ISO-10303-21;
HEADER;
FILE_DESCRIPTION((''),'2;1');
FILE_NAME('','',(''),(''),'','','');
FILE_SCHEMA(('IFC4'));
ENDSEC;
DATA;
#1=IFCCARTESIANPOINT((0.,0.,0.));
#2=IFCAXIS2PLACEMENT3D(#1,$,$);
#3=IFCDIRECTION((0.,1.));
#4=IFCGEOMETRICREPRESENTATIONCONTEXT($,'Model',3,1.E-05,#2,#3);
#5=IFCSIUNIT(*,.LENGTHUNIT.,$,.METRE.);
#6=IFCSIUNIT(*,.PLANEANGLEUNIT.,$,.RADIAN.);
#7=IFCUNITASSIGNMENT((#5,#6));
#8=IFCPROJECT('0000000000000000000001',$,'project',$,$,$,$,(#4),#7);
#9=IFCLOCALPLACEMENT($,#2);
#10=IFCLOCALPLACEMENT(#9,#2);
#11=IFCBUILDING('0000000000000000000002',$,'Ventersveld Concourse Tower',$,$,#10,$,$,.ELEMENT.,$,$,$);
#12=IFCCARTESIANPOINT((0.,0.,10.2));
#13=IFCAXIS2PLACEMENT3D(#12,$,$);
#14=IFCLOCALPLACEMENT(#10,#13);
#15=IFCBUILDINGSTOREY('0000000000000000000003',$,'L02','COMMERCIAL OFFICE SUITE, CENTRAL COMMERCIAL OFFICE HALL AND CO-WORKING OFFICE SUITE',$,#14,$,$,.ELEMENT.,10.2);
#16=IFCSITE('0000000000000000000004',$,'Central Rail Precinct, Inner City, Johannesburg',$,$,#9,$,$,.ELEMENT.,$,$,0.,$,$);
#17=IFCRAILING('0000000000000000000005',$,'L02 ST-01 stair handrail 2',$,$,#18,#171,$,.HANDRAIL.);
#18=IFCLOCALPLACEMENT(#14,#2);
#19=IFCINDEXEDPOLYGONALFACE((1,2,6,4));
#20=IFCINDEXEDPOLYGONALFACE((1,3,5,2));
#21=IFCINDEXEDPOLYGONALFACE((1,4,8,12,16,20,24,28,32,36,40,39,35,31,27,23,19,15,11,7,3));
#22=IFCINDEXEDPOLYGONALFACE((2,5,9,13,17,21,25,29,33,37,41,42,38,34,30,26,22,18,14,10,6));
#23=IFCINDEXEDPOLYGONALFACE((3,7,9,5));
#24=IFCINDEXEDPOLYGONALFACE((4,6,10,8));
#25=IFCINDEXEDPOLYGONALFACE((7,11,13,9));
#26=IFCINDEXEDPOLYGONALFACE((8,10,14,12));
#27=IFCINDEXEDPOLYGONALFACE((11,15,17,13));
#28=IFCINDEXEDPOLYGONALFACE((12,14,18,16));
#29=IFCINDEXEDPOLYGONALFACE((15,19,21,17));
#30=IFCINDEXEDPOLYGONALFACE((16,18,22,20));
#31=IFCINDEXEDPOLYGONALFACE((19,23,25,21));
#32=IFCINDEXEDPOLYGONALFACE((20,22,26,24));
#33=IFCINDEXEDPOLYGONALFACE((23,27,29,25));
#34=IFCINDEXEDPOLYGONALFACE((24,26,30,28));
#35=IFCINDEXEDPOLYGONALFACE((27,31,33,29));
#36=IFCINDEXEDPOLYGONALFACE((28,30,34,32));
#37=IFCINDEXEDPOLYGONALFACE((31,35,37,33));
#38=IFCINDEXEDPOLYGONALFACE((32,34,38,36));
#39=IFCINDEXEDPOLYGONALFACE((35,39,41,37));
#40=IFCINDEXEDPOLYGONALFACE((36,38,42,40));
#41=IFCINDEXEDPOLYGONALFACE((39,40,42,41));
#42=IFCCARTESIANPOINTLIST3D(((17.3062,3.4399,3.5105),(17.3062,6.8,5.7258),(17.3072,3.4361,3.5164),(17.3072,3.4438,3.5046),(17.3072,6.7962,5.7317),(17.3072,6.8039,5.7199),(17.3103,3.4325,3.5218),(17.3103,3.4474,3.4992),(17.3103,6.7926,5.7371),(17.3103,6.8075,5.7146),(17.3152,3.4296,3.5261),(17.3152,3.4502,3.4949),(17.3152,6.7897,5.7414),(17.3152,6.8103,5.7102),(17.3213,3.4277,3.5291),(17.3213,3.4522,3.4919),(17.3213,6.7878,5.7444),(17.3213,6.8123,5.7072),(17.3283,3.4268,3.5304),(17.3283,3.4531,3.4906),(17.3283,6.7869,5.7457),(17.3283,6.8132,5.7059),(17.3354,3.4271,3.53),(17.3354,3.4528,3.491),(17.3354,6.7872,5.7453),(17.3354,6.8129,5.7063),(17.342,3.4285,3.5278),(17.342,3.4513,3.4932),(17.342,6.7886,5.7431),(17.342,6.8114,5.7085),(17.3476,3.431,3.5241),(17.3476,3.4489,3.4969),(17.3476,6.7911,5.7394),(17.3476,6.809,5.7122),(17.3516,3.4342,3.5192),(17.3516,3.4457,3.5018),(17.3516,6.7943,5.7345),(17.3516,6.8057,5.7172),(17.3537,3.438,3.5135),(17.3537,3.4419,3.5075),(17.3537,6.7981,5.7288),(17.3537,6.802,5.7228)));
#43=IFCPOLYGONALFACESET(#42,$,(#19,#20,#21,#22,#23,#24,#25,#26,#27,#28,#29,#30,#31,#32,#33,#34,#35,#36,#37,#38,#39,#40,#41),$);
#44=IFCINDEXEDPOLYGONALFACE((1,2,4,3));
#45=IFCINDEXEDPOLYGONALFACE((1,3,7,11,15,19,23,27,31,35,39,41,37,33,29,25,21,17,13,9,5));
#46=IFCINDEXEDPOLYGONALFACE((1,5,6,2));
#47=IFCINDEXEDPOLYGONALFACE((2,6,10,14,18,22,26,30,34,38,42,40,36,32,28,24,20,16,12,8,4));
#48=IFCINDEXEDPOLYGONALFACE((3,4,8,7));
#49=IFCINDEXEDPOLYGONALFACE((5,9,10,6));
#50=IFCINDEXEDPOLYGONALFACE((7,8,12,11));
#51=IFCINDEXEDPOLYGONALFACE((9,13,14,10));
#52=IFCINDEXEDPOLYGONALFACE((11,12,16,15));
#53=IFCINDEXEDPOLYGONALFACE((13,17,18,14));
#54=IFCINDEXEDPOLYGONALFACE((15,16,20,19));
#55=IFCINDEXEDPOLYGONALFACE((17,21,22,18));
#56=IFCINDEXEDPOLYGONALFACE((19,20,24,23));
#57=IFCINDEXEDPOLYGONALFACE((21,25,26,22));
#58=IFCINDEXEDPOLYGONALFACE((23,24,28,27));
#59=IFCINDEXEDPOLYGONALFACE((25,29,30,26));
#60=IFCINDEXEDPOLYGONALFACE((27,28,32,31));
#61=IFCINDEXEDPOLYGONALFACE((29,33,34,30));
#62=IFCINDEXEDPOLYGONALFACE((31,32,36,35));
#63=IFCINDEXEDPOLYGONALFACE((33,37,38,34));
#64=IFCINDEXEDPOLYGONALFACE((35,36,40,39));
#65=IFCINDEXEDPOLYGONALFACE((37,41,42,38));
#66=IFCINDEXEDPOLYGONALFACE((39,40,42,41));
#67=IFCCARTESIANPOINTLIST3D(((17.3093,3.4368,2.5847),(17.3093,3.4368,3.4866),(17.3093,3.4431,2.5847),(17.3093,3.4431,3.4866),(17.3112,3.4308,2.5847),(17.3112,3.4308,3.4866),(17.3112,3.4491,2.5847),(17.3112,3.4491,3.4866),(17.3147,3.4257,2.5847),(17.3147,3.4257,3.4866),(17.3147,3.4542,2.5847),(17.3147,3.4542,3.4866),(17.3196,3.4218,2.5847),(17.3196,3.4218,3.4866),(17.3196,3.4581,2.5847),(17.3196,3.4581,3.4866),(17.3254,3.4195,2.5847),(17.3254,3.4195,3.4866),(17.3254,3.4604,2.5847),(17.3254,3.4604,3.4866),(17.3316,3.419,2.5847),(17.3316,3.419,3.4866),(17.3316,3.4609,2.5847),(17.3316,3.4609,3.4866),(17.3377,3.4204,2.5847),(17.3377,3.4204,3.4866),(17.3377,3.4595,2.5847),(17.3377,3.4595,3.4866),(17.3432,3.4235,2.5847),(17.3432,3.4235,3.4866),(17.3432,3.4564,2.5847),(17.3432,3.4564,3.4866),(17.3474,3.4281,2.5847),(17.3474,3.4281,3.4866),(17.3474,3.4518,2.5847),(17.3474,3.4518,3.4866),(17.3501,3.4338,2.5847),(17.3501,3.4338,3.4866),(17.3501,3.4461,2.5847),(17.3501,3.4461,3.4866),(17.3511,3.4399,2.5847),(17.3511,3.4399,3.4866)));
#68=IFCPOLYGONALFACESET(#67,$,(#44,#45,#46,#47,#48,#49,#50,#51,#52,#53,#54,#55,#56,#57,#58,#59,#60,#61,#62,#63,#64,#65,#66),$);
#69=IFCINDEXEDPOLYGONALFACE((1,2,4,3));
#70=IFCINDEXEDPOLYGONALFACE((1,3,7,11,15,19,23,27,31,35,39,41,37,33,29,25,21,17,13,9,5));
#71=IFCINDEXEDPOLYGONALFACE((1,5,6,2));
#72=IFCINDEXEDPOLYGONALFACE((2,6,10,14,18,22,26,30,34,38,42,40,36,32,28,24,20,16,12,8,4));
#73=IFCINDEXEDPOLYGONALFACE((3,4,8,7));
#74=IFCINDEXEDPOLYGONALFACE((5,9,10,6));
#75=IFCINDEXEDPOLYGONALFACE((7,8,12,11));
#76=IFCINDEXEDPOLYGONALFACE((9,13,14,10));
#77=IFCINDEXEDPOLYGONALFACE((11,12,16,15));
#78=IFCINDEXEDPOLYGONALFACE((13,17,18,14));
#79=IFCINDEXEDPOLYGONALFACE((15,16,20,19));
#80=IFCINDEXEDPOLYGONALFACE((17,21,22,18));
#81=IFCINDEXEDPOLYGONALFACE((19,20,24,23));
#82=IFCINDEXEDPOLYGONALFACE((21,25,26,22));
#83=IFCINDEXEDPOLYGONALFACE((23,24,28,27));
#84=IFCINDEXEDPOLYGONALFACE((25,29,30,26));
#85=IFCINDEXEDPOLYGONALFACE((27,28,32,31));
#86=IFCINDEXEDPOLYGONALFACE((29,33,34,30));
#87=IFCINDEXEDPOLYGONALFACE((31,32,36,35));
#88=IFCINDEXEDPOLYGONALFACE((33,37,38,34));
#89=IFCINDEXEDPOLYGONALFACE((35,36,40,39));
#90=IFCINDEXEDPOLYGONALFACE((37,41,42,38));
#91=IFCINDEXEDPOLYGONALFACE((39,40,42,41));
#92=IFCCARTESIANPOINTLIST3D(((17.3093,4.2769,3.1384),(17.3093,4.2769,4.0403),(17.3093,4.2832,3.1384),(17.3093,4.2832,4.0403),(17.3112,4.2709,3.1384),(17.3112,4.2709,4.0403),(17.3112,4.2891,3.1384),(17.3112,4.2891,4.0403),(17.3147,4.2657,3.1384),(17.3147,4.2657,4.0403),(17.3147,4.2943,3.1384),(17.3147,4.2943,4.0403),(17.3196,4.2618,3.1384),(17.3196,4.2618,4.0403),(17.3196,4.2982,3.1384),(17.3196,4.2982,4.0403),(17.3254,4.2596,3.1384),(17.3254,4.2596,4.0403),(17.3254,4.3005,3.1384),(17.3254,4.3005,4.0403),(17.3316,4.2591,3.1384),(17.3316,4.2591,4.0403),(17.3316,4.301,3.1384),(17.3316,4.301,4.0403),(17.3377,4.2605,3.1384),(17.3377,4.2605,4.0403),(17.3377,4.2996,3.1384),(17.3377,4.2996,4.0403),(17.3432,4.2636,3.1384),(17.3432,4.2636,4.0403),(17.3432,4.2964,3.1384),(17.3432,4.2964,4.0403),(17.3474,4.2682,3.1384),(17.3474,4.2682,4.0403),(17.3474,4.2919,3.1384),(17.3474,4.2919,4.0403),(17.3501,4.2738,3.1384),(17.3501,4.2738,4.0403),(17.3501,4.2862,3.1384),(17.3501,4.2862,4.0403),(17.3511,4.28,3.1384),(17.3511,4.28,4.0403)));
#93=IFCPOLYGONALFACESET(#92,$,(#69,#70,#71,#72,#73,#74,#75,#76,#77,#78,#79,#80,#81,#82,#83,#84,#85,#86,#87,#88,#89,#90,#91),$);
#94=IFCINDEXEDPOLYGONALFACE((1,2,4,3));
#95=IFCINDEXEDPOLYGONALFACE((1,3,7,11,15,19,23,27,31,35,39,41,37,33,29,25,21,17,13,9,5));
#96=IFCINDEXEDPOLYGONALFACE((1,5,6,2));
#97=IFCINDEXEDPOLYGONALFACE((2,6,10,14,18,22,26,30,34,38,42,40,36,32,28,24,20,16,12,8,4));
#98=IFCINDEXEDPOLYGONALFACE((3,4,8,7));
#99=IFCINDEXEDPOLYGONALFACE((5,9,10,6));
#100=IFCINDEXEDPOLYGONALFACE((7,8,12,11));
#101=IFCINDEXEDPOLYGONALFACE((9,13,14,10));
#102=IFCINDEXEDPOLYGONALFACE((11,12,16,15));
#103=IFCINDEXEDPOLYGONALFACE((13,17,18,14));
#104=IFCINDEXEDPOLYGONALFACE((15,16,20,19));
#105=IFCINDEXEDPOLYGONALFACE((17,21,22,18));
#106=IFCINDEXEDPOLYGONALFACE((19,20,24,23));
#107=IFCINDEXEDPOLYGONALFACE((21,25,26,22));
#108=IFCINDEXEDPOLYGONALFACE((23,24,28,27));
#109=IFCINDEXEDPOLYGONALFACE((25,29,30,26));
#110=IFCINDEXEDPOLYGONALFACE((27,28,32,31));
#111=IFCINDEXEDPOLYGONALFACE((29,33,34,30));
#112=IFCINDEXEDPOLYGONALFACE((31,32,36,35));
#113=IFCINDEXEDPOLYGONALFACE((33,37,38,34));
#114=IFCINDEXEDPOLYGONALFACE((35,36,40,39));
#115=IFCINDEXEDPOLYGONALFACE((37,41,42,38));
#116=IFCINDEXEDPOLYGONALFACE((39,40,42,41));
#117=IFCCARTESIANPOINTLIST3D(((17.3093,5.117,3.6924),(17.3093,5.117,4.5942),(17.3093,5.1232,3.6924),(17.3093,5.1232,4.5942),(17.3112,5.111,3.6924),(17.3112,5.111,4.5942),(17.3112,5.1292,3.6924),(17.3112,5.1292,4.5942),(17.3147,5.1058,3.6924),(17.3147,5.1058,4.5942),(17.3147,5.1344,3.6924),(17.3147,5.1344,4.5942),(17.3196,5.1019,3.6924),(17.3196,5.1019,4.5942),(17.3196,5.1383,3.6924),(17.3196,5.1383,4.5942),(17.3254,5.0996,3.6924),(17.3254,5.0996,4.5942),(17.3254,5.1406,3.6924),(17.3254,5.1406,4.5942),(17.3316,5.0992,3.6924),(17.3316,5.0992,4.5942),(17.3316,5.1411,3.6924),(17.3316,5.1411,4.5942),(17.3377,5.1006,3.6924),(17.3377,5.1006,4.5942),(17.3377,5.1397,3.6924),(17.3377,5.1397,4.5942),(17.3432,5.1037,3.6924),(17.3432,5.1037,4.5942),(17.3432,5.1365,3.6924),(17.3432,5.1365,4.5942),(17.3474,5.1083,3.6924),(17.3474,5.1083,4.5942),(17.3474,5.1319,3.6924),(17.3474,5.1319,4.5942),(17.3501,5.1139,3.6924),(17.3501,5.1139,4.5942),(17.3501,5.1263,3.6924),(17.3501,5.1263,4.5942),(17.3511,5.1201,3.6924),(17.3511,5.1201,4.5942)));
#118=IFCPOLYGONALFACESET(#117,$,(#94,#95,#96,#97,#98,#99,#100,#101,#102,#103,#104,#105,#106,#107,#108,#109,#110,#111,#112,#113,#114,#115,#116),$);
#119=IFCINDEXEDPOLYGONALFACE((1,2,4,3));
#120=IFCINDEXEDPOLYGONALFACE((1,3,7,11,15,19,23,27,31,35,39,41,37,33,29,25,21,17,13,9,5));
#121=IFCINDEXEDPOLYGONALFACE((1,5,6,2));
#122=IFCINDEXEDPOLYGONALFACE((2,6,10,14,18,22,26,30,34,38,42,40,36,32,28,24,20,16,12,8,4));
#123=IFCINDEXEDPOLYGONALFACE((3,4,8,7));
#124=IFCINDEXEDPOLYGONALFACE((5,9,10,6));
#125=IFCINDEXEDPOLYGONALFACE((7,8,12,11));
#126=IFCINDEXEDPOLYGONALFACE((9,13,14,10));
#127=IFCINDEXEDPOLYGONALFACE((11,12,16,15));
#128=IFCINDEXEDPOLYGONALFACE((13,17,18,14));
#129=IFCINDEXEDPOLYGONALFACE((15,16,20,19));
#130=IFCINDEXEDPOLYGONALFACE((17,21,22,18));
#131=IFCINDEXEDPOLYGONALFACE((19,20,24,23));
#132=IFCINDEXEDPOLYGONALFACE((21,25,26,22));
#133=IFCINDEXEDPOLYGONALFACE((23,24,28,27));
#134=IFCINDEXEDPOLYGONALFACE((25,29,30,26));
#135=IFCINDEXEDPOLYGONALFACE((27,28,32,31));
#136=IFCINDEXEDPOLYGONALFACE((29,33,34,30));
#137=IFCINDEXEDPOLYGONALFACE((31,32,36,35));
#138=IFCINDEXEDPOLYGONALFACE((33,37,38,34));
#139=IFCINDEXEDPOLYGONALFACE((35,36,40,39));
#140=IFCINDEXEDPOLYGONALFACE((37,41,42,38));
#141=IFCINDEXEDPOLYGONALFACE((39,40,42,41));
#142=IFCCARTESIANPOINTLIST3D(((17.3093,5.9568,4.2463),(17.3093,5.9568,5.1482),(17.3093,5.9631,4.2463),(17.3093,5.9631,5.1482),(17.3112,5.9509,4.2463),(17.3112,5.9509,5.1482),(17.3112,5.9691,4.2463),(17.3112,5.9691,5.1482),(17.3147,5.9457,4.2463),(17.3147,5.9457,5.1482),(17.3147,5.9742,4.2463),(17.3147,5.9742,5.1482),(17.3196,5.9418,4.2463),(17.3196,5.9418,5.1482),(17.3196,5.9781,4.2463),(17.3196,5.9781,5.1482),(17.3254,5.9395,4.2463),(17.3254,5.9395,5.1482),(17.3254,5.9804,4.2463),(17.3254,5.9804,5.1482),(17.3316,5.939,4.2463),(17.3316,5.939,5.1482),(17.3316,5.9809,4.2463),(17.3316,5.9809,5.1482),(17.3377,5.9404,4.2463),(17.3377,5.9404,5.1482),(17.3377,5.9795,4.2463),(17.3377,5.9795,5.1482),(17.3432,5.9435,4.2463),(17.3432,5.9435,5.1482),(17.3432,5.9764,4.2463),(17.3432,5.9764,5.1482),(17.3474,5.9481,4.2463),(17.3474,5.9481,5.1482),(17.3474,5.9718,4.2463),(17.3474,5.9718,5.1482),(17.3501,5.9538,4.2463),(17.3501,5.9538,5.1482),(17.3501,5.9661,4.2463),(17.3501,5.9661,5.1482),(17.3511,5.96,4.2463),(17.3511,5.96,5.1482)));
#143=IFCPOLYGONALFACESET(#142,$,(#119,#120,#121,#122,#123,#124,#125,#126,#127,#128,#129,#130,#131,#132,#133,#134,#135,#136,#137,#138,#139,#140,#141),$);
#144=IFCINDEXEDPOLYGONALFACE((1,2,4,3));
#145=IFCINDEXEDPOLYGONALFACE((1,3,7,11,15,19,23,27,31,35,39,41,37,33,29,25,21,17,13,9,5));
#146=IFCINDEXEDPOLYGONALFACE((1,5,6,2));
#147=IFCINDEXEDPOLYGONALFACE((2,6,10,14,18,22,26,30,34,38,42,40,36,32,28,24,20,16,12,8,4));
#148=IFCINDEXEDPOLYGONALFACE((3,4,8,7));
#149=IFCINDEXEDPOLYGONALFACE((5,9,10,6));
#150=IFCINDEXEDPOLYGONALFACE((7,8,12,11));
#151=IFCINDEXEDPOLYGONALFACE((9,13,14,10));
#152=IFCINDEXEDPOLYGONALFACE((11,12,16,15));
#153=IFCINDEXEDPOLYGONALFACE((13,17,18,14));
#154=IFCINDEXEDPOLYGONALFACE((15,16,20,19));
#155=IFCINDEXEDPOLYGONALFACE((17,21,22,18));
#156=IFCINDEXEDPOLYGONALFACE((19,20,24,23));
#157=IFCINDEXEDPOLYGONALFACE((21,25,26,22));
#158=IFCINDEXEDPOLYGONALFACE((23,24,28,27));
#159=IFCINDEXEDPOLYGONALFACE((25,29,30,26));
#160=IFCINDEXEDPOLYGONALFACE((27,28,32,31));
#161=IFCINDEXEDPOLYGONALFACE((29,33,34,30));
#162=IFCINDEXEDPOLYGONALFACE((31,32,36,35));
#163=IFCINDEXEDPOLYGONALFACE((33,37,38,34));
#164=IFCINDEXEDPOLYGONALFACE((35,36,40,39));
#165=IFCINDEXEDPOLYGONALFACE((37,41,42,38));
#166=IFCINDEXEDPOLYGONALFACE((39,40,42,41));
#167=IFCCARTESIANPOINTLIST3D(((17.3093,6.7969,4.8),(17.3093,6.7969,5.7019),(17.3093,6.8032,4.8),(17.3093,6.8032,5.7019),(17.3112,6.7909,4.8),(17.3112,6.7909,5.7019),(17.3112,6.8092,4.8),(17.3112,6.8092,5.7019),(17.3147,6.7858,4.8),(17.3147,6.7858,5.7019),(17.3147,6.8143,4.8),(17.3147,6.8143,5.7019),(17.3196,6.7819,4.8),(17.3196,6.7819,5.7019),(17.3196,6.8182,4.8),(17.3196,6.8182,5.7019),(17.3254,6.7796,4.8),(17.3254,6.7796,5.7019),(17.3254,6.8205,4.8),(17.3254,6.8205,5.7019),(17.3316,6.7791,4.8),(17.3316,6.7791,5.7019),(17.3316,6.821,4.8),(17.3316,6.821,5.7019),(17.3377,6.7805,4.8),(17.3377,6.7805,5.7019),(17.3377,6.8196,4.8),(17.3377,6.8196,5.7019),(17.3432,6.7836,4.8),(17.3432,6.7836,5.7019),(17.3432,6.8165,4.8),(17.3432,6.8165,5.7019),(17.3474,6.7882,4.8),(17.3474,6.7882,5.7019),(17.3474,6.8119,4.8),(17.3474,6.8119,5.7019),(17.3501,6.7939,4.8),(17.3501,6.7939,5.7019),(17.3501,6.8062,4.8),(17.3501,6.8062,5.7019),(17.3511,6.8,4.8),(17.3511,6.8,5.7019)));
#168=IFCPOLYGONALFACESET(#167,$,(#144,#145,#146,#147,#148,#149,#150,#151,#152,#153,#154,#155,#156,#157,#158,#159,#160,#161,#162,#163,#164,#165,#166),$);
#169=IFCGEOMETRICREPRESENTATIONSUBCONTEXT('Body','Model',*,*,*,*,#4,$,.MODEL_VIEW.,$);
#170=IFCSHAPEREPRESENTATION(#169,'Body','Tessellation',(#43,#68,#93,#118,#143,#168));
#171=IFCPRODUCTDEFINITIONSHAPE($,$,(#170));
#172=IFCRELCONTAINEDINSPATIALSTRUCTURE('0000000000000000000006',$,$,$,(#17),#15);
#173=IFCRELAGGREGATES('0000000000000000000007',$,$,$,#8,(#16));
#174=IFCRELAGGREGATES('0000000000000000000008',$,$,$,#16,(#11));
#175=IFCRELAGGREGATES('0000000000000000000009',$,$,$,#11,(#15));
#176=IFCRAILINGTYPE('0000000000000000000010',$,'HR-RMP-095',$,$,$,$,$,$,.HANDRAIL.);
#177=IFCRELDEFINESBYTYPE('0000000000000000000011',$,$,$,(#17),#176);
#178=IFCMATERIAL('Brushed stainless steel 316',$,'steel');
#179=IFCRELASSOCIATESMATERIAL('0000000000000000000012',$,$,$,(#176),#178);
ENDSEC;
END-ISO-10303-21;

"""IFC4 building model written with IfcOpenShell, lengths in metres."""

from ifc_helpers import new_model, si_unit, direction, frame, origin, origin_2d, place, context, subcontext, project, spatial, circle, extrude, material, type_object, element, save


model = new_model("IFC4")

# Units and contexts
model_context = context("Model", 3, precision=1e-05, world=origin(), true_north=direction((0.0, 1.0)))
body_context = subcontext(model_context, "Body", "Model", "MODEL_VIEW")
ifc_project = project(units=[si_unit("LENGTHUNIT", "METRE"), si_unit("PLANEANGLEUNIT", "RADIAN")], contexts=[model_context])

# Site, building, storey
site_placement = place(None, origin())
site = spatial("IfcSite", under=ifc_project, at=site_placement, Name="Central Rail Precinct, Inner City, Johannesburg", CompositionType="ELEMENT", RefElevation=0.0)
building_placement = place(site_placement, origin())
building = spatial("IfcBuilding", under=site, at=building_placement, Name="Ventersveld Concourse Tower", CompositionType="ELEMENT")
storey_placement = place(building_placement, frame((0.0, 0.0, 10.2)))
storey = spatial("IfcBuildingStorey", under=building, at=storey_placement, Name="L02", Description="COMMERCIAL OFFICE SUITE, CENTRAL COMMERCIAL OFFICE HALL AND CO-WORKING OFFICE SUITE", CompositionType="ELEMENT", Elevation=10.2)

# Shared definitions
ifc_material_1 = material(Name="Brushed stainless steel 316", Category="steel")

# Railing
railing_type_1 = type_object("IfcRailingType", Name="HR-RMP-095", PredefinedType="HANDRAIL", material=ifc_material_1)
railing_1_placement = place(storey_placement, frame((17.3301, 3.4399, 2.5847)))
element("IfcRailing", 1, at=railing_1_placement, inside=storey, type_object=railing_type_1, Name="L02 ST-01 stair handrail 2", PredefinedType="HANDRAIL", context=body_context, shape_type="SweptSolid", body=[
    extrude(circle(Radius=0.0239, at=origin_2d()), frame((0.0, 0.0, 0.9258), z_axis=(0.0, 0.834876, 0.550437), x_axis=(-1.0, 0.0, 0.0)), (0.0, 0.0, 1.0), 4.0247),
    extrude(circle(Radius=0.021, at=origin_2d()), origin(), (0.0, 0.0, 1.0), 0.9019),
    extrude(circle(Radius=0.021, at=origin_2d()), frame((0.0, 0.8401, 0.5537)), (0.0, 0.0, 1.0), 0.9019),
    extrude(circle(Radius=0.021, at=origin_2d()), frame((0.0, 1.6802, 1.1077)), (0.0, 0.0, 1.0), 0.9019),
    extrude(circle(Radius=0.021, at=origin_2d()), frame((0.0, 2.52, 1.6616)), (0.0, 0.0, 1.0), 0.9019),
    extrude(circle(Radius=0.021, at=origin_2d()), frame((0.0, 3.3601, 2.2153)), (0.0, 0.0, 1.0), 0.9019),
])

save(model, "model.ifc")
